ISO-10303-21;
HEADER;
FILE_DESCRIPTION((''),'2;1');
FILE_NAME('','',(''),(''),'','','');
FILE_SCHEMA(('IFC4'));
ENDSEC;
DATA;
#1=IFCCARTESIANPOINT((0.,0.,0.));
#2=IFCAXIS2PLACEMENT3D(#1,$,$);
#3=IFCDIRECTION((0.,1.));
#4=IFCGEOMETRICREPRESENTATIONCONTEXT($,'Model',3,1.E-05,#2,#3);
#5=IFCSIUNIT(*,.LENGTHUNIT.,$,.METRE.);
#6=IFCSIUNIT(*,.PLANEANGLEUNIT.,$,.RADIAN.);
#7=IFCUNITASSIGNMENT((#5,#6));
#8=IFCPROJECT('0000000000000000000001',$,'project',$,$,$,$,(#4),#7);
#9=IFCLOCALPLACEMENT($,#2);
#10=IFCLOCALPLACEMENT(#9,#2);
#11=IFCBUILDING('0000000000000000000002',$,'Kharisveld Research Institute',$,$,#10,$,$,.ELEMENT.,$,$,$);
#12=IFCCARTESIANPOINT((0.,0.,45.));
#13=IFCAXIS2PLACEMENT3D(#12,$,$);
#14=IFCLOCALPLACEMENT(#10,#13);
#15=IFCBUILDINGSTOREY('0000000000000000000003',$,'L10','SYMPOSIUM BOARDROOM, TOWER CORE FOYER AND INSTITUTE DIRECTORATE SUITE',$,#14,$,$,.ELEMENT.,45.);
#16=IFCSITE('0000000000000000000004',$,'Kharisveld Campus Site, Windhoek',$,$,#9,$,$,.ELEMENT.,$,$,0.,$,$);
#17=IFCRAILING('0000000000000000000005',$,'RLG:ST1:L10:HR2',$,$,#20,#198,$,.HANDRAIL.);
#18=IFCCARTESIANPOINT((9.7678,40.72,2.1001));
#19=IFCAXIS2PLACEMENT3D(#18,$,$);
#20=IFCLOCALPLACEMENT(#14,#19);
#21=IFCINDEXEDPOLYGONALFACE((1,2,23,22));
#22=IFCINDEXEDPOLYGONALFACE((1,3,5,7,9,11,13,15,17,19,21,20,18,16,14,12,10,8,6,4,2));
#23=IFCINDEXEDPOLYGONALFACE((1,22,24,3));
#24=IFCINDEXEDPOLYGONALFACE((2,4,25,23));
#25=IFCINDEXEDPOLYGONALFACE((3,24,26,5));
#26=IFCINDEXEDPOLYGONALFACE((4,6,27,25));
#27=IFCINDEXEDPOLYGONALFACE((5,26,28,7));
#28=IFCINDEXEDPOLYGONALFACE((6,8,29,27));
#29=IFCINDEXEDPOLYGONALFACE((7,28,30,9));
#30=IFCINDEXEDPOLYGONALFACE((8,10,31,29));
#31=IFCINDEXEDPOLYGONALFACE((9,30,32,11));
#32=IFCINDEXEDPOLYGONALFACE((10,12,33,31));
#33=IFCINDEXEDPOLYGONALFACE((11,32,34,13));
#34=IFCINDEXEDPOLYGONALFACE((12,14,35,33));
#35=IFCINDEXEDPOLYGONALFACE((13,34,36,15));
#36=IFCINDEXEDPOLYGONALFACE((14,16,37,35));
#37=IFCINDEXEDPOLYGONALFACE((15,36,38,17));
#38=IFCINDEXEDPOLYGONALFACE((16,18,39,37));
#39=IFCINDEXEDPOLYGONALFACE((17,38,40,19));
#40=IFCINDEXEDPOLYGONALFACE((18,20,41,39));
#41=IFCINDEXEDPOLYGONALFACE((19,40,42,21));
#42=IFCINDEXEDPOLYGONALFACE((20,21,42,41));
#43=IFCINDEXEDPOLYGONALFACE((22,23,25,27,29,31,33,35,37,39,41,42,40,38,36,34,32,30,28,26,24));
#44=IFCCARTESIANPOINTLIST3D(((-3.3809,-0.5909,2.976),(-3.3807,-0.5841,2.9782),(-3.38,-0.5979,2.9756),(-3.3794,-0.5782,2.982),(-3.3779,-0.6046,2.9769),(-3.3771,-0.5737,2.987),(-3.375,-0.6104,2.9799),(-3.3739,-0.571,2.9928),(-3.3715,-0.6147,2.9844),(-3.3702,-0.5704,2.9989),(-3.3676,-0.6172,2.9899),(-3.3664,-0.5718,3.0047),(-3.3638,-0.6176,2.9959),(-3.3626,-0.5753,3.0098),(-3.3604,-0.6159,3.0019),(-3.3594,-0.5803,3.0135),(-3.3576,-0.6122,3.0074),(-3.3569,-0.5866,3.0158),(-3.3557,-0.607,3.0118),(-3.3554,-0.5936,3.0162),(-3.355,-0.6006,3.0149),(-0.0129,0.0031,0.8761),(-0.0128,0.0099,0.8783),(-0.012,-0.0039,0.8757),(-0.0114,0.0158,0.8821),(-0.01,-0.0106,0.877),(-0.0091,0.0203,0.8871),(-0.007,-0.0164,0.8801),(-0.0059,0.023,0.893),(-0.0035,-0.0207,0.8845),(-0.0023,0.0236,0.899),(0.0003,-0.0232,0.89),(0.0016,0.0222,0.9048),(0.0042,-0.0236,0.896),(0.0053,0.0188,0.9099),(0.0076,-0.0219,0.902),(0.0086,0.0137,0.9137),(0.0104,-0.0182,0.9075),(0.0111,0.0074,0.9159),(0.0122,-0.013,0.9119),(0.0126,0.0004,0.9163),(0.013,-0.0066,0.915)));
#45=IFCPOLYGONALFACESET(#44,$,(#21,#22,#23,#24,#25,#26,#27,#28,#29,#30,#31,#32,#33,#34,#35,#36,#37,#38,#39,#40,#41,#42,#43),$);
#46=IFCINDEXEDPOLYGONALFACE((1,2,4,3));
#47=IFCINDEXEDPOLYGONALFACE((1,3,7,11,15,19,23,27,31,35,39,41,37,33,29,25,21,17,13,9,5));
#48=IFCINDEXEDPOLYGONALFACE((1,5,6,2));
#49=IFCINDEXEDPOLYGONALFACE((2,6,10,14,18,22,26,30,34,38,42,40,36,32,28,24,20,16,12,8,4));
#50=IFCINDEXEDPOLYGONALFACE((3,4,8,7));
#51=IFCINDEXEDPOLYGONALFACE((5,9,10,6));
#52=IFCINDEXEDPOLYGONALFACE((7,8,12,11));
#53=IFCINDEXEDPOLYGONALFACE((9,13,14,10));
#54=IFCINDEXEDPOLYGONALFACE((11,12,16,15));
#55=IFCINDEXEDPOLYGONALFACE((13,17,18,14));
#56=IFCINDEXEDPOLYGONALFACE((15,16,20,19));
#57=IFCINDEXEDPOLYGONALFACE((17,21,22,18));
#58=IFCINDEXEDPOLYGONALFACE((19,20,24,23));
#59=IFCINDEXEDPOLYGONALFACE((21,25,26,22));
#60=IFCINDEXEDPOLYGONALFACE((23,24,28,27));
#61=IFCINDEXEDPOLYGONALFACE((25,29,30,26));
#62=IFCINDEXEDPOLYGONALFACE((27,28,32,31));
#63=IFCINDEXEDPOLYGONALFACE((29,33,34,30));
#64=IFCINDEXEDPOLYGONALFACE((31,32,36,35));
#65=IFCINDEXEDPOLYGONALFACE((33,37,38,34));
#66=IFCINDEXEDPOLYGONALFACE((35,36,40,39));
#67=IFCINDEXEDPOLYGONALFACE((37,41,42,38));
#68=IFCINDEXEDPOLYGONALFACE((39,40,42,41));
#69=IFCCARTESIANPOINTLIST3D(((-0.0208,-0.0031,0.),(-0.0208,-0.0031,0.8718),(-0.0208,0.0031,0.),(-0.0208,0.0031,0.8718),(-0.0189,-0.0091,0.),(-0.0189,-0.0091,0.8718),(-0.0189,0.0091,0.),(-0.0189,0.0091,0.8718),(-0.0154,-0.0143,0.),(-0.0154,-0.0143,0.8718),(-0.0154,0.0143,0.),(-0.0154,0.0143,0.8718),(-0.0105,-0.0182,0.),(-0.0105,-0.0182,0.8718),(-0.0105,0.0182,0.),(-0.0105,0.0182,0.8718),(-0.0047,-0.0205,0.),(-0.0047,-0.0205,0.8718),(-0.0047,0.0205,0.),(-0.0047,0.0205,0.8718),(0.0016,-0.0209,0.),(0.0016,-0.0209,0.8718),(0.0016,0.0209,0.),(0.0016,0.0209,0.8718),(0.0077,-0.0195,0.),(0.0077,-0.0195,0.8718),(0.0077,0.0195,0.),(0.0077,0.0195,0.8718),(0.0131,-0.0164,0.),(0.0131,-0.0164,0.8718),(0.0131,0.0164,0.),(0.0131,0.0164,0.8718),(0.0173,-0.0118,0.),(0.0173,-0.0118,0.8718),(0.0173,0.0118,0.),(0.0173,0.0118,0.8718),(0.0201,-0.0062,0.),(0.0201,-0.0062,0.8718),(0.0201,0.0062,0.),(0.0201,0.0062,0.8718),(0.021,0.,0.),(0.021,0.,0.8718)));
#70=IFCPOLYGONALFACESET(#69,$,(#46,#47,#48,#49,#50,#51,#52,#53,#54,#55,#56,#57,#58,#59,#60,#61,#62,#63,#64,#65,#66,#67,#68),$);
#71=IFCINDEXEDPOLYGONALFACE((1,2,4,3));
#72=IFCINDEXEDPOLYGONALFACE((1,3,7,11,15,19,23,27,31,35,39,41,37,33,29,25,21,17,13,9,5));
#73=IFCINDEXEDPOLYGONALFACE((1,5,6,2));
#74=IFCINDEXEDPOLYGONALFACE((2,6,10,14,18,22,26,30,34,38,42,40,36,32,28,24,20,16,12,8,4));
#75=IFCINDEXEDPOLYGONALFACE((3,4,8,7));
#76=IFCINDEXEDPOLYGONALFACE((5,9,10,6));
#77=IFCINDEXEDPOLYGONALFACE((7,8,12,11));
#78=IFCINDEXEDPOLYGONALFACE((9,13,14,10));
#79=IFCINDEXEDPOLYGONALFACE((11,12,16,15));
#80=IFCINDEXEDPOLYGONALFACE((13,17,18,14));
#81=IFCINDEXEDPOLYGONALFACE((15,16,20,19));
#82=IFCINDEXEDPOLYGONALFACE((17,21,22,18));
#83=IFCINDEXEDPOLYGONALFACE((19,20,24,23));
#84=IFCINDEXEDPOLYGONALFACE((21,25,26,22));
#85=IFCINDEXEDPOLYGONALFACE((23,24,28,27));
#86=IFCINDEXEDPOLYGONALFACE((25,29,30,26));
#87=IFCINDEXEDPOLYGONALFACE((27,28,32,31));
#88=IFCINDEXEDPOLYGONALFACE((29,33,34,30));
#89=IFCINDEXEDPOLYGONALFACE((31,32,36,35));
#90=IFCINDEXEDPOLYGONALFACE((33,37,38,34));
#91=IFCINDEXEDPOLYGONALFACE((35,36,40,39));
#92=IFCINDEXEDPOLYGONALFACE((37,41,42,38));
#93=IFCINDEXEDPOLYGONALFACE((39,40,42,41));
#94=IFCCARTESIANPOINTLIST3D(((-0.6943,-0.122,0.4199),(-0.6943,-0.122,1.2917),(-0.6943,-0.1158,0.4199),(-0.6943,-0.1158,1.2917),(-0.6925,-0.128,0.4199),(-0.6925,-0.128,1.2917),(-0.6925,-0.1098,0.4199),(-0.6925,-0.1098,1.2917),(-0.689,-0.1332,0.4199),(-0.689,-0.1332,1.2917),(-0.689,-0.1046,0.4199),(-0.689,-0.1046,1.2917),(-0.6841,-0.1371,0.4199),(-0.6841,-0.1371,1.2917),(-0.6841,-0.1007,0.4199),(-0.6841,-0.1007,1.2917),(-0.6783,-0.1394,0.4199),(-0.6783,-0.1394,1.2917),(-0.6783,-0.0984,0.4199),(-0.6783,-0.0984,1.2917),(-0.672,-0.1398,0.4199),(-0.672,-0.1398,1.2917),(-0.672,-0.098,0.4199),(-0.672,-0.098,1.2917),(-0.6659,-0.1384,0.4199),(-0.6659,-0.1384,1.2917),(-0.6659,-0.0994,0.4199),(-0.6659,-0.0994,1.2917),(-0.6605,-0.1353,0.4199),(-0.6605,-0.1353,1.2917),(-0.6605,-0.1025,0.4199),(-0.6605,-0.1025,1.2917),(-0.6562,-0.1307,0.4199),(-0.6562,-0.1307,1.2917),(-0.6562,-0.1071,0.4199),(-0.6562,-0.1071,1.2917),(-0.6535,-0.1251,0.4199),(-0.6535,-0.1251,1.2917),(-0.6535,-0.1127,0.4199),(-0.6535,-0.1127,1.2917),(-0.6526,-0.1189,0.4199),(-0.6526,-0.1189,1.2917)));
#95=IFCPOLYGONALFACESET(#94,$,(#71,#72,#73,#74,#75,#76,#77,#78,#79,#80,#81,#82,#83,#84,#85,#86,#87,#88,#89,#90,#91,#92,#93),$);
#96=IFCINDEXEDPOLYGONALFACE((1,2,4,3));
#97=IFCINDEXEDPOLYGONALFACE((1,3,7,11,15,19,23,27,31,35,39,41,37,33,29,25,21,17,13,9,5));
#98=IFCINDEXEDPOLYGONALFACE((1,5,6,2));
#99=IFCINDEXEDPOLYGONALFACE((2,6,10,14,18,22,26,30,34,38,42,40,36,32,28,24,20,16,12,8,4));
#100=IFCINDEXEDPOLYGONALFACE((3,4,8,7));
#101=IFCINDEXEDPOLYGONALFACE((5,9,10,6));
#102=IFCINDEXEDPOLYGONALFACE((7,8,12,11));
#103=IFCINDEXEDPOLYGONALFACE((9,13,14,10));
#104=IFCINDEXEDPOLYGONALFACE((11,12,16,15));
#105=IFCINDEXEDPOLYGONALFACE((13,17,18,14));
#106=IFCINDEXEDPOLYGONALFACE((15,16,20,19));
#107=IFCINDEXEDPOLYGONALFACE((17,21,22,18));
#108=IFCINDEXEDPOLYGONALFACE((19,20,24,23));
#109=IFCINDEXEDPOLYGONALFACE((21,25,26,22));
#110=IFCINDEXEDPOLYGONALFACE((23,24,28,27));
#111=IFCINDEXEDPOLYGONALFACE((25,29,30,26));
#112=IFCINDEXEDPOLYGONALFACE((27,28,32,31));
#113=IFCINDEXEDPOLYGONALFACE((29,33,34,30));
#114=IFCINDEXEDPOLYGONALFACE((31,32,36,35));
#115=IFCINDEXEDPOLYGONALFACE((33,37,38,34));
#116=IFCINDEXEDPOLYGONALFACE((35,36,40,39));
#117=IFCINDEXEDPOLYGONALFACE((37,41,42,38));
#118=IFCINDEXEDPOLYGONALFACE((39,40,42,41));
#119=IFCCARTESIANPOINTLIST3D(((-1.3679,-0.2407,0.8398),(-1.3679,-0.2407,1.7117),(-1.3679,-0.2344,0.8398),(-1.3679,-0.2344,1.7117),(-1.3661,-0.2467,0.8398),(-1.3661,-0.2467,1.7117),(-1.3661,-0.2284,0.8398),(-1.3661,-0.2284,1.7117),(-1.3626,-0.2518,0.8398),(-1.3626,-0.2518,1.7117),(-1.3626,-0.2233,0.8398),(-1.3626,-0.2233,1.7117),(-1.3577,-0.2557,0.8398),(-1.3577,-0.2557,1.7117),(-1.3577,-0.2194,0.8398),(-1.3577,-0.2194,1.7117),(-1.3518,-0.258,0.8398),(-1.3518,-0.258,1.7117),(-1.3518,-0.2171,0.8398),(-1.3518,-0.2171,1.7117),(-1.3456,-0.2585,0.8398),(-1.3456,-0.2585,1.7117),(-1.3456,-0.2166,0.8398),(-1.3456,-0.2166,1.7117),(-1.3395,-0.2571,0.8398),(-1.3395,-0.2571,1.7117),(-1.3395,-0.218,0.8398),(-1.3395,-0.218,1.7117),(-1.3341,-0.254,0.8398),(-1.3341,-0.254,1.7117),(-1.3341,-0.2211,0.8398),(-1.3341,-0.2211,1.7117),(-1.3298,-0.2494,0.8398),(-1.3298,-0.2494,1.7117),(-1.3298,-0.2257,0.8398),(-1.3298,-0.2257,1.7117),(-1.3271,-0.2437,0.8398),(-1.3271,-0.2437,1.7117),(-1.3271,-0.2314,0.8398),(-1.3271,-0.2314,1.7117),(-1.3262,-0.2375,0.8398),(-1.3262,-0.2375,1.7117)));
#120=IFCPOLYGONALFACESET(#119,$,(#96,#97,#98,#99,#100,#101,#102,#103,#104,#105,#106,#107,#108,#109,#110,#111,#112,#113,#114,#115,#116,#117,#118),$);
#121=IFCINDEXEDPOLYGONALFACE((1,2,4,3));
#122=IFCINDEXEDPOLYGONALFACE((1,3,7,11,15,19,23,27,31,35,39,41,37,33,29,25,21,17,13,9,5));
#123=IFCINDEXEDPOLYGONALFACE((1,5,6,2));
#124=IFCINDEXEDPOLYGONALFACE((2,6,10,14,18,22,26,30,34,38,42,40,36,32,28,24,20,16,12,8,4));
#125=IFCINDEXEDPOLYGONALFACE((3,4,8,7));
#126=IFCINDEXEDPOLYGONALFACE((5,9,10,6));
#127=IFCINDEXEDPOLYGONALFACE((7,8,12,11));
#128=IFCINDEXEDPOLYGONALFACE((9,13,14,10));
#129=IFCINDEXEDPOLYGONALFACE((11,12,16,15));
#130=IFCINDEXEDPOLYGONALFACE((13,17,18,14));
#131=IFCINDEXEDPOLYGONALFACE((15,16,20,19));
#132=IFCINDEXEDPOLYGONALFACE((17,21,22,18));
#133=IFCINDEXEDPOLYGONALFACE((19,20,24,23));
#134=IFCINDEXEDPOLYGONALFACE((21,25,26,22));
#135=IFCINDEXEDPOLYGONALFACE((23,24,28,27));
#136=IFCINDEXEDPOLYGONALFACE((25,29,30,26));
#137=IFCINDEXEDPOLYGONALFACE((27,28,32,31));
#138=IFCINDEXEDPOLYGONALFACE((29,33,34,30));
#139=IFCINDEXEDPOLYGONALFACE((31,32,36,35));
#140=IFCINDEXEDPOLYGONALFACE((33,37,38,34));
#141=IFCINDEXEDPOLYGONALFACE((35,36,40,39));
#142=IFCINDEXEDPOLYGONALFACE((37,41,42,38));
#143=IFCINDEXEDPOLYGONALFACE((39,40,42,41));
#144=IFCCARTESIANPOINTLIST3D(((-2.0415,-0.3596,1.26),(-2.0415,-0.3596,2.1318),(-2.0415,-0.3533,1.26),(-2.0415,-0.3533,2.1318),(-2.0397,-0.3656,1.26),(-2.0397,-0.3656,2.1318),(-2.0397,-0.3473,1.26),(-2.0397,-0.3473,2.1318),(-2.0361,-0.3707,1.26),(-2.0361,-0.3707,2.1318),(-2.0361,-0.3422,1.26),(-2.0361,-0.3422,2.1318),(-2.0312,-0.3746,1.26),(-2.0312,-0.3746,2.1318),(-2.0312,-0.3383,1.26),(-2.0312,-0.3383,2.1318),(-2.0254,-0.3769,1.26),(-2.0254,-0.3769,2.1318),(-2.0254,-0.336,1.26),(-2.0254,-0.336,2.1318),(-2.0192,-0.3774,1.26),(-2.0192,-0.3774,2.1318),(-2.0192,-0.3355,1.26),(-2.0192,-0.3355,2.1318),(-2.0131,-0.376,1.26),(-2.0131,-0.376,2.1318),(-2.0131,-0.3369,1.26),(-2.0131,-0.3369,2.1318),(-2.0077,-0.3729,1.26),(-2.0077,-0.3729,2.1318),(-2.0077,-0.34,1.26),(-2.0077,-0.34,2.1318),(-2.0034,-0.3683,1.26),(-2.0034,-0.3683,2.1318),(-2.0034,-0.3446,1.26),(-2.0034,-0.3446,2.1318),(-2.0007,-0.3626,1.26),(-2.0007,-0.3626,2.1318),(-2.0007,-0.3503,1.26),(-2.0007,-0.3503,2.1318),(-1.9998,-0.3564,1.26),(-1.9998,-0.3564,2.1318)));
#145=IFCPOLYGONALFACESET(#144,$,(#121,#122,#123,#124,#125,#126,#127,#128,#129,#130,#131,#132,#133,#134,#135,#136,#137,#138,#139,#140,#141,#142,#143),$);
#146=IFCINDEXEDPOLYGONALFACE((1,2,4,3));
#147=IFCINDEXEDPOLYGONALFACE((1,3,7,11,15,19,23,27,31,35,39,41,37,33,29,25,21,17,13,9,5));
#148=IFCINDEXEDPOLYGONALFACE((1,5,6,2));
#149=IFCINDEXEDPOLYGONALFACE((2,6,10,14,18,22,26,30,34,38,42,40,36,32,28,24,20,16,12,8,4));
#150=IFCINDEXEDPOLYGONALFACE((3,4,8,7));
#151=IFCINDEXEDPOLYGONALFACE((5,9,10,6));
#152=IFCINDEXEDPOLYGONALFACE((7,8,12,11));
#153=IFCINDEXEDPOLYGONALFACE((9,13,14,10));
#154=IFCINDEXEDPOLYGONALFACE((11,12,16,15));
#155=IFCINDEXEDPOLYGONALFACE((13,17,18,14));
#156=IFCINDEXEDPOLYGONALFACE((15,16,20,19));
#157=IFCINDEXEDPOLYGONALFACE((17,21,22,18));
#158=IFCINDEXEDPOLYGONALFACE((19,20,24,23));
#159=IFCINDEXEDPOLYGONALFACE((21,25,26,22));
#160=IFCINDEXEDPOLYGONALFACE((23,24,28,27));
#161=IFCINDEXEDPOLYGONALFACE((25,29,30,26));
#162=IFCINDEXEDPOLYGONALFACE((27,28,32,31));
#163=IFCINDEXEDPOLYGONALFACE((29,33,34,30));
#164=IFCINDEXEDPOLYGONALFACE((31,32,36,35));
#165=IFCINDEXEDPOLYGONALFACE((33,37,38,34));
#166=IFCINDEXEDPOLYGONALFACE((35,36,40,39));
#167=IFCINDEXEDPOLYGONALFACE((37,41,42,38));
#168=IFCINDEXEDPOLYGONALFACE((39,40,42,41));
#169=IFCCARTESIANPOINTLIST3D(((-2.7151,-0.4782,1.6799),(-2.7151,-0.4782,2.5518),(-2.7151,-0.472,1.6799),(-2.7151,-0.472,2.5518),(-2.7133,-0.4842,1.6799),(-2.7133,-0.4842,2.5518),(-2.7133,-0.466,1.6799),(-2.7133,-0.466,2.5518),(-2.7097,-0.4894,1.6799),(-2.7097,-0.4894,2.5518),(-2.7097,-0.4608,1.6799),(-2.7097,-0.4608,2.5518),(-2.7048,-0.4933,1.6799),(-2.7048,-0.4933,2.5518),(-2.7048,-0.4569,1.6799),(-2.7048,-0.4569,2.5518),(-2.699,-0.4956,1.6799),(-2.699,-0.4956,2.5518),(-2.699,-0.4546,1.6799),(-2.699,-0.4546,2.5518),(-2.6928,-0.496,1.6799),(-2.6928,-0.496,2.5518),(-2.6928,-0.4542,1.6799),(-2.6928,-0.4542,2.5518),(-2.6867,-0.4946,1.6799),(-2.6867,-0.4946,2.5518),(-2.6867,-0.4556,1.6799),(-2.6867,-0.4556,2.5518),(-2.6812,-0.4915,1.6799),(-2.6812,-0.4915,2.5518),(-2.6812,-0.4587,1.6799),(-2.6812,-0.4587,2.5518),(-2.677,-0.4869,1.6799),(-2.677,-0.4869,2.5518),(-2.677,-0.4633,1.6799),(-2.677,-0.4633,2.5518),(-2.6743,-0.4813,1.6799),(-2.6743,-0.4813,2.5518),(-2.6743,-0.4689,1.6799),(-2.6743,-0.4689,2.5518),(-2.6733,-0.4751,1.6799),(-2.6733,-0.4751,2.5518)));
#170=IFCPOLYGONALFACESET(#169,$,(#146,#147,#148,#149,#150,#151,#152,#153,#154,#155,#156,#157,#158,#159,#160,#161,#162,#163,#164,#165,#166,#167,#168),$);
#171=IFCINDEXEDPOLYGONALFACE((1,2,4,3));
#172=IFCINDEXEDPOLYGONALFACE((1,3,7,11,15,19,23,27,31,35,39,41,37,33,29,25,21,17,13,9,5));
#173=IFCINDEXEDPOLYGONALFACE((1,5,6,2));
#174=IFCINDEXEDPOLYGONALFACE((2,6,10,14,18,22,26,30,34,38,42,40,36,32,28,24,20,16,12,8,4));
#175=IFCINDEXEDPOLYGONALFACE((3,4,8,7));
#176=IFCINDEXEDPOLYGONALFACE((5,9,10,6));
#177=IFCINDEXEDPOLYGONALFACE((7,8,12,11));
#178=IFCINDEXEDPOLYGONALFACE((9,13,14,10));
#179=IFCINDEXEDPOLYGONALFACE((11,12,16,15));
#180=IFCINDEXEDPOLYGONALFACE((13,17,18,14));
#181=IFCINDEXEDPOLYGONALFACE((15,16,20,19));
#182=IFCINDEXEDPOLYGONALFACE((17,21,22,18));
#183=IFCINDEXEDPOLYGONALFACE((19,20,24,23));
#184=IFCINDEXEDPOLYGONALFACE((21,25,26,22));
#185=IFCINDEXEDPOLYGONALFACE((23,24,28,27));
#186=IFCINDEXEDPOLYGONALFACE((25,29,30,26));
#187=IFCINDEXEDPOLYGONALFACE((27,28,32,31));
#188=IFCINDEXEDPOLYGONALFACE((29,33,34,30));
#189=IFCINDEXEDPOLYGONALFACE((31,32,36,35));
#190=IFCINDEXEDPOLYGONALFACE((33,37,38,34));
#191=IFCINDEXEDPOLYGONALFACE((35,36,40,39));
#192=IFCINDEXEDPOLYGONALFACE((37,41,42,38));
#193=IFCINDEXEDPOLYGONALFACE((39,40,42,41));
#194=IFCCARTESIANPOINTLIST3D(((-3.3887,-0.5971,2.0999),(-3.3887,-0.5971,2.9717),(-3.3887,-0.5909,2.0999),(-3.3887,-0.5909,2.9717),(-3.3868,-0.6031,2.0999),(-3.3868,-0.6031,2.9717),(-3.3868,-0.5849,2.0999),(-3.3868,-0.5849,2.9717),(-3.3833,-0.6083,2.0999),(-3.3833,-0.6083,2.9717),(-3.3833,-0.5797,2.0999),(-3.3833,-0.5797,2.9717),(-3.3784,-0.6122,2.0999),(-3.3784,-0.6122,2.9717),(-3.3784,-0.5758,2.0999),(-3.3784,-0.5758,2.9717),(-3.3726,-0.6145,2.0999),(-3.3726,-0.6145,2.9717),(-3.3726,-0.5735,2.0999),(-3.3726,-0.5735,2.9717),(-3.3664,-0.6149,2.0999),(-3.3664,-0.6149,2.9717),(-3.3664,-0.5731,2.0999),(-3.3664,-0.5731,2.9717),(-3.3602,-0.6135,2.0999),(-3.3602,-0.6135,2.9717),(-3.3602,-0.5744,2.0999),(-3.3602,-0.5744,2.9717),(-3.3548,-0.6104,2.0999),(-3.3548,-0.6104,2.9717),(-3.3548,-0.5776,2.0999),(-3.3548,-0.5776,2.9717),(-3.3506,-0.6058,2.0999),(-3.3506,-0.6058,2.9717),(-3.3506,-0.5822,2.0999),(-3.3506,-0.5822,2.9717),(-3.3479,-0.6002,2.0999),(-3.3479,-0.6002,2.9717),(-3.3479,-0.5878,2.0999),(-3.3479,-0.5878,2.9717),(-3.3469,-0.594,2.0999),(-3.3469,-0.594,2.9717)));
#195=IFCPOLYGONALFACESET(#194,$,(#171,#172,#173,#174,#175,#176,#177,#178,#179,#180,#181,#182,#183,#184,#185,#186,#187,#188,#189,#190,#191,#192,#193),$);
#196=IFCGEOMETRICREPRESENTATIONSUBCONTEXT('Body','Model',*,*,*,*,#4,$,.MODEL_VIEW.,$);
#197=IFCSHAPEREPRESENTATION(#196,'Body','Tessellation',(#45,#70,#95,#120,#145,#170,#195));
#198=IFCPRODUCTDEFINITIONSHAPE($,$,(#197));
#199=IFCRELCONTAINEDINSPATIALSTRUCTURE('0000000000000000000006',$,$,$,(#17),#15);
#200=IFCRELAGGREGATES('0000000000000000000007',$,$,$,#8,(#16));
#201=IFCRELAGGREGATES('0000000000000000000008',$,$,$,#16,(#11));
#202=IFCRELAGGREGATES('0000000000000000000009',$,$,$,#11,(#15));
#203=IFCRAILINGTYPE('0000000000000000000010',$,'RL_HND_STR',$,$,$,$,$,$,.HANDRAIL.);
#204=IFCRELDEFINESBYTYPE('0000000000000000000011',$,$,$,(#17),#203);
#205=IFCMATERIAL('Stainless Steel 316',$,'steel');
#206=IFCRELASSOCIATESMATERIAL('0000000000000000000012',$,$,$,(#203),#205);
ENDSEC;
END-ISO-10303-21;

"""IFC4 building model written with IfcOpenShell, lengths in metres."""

from ifc_helpers import new_model, si_unit, direction, frame, origin, origin_2d, place, context, subcontext, project, spatial, circle, extrude, material, type_object, element, save


model = new_model("IFC4")

# Units and contexts
model_context = context("Model", 3, precision=1e-05, world=origin(), true_north=direction((0.0, 1.0)))
body_context = subcontext(model_context, "Body", "Model", "MODEL_VIEW")
ifc_project = project(units=[si_unit("LENGTHUNIT", "METRE"), si_unit("PLANEANGLEUNIT", "RADIAN")], contexts=[model_context])

# Site, building, storey
site_placement = place(None, origin())
site = spatial("IfcSite", under=ifc_project, at=site_placement, Name="Kharisveld Campus Site, Windhoek", CompositionType="ELEMENT", RefElevation=0.0)
building_placement = place(site_placement, origin())
building = spatial("IfcBuilding", under=site, at=building_placement, Name="Kharisveld Research Institute", CompositionType="ELEMENT")
storey_placement = place(building_placement, frame((0.0, 0.0, 45.0)))
storey = spatial("IfcBuildingStorey", under=building, at=storey_placement, Name="L10", Description="SYMPOSIUM BOARDROOM, TOWER CORE FOYER AND INSTITUTE DIRECTORATE SUITE", CompositionType="ELEMENT", Elevation=45.0)

# Railing
ifc_material_1 = material(Name="Stainless Steel 316", Category="steel")
railing_type = type_object("IfcRailingType", Name="RL_HND_STR", PredefinedType="HANDRAIL", material=ifc_material_1)
railing_placement = place(storey_placement, frame((9.7678, 40.72, 2.1001)))
element("IfcRailing", 1, at=railing_placement, inside=storey, type_object=railing_type, Name="RLG:ST1:L10:HR2", PredefinedType="HANDRAIL", context=body_context, shape_type="SweptSolid", body=[
    extrude(circle(Radius=0.0239, at=origin_2d()), frame((0.0, 0.0, 0.896), z_axis=(-0.839228, -0.148013, 0.523248), x_axis=(0.173688, -0.984801, 0.0)), (0.0, 0.0, 1.0), 4.0132),
    extrude(circle(Radius=0.021, at=origin_2d()), origin(), (0.0, 0.0, 1.0), 0.8718),
    extrude(circle(Radius=0.021, at=origin_2d()), frame((-0.6736, -0.1189, 0.4199)), (0.0, 0.0, 1.0), 0.8718),
    extrude(circle(Radius=0.021, at=origin_2d()), frame((-1.3472, -0.2375, 0.8398)), (0.0, 0.0, 1.0), 0.8718),
    extrude(circle(Radius=0.021, at=origin_2d()), frame((-2.0208, -0.3564, 1.26)), (0.0, 0.0, 1.0), 0.8718),
    extrude(circle(Radius=0.021, at=origin_2d()), frame((-2.6943, -0.4751, 1.6799)), (0.0, 0.0, 1.0), 0.8718),
    extrude(circle(Radius=0.021, at=origin_2d()), frame((-3.3679, -0.594, 2.0999)), (0.0, 0.0, 1.0), 0.8718),
])

save(model, "model.ifc")
